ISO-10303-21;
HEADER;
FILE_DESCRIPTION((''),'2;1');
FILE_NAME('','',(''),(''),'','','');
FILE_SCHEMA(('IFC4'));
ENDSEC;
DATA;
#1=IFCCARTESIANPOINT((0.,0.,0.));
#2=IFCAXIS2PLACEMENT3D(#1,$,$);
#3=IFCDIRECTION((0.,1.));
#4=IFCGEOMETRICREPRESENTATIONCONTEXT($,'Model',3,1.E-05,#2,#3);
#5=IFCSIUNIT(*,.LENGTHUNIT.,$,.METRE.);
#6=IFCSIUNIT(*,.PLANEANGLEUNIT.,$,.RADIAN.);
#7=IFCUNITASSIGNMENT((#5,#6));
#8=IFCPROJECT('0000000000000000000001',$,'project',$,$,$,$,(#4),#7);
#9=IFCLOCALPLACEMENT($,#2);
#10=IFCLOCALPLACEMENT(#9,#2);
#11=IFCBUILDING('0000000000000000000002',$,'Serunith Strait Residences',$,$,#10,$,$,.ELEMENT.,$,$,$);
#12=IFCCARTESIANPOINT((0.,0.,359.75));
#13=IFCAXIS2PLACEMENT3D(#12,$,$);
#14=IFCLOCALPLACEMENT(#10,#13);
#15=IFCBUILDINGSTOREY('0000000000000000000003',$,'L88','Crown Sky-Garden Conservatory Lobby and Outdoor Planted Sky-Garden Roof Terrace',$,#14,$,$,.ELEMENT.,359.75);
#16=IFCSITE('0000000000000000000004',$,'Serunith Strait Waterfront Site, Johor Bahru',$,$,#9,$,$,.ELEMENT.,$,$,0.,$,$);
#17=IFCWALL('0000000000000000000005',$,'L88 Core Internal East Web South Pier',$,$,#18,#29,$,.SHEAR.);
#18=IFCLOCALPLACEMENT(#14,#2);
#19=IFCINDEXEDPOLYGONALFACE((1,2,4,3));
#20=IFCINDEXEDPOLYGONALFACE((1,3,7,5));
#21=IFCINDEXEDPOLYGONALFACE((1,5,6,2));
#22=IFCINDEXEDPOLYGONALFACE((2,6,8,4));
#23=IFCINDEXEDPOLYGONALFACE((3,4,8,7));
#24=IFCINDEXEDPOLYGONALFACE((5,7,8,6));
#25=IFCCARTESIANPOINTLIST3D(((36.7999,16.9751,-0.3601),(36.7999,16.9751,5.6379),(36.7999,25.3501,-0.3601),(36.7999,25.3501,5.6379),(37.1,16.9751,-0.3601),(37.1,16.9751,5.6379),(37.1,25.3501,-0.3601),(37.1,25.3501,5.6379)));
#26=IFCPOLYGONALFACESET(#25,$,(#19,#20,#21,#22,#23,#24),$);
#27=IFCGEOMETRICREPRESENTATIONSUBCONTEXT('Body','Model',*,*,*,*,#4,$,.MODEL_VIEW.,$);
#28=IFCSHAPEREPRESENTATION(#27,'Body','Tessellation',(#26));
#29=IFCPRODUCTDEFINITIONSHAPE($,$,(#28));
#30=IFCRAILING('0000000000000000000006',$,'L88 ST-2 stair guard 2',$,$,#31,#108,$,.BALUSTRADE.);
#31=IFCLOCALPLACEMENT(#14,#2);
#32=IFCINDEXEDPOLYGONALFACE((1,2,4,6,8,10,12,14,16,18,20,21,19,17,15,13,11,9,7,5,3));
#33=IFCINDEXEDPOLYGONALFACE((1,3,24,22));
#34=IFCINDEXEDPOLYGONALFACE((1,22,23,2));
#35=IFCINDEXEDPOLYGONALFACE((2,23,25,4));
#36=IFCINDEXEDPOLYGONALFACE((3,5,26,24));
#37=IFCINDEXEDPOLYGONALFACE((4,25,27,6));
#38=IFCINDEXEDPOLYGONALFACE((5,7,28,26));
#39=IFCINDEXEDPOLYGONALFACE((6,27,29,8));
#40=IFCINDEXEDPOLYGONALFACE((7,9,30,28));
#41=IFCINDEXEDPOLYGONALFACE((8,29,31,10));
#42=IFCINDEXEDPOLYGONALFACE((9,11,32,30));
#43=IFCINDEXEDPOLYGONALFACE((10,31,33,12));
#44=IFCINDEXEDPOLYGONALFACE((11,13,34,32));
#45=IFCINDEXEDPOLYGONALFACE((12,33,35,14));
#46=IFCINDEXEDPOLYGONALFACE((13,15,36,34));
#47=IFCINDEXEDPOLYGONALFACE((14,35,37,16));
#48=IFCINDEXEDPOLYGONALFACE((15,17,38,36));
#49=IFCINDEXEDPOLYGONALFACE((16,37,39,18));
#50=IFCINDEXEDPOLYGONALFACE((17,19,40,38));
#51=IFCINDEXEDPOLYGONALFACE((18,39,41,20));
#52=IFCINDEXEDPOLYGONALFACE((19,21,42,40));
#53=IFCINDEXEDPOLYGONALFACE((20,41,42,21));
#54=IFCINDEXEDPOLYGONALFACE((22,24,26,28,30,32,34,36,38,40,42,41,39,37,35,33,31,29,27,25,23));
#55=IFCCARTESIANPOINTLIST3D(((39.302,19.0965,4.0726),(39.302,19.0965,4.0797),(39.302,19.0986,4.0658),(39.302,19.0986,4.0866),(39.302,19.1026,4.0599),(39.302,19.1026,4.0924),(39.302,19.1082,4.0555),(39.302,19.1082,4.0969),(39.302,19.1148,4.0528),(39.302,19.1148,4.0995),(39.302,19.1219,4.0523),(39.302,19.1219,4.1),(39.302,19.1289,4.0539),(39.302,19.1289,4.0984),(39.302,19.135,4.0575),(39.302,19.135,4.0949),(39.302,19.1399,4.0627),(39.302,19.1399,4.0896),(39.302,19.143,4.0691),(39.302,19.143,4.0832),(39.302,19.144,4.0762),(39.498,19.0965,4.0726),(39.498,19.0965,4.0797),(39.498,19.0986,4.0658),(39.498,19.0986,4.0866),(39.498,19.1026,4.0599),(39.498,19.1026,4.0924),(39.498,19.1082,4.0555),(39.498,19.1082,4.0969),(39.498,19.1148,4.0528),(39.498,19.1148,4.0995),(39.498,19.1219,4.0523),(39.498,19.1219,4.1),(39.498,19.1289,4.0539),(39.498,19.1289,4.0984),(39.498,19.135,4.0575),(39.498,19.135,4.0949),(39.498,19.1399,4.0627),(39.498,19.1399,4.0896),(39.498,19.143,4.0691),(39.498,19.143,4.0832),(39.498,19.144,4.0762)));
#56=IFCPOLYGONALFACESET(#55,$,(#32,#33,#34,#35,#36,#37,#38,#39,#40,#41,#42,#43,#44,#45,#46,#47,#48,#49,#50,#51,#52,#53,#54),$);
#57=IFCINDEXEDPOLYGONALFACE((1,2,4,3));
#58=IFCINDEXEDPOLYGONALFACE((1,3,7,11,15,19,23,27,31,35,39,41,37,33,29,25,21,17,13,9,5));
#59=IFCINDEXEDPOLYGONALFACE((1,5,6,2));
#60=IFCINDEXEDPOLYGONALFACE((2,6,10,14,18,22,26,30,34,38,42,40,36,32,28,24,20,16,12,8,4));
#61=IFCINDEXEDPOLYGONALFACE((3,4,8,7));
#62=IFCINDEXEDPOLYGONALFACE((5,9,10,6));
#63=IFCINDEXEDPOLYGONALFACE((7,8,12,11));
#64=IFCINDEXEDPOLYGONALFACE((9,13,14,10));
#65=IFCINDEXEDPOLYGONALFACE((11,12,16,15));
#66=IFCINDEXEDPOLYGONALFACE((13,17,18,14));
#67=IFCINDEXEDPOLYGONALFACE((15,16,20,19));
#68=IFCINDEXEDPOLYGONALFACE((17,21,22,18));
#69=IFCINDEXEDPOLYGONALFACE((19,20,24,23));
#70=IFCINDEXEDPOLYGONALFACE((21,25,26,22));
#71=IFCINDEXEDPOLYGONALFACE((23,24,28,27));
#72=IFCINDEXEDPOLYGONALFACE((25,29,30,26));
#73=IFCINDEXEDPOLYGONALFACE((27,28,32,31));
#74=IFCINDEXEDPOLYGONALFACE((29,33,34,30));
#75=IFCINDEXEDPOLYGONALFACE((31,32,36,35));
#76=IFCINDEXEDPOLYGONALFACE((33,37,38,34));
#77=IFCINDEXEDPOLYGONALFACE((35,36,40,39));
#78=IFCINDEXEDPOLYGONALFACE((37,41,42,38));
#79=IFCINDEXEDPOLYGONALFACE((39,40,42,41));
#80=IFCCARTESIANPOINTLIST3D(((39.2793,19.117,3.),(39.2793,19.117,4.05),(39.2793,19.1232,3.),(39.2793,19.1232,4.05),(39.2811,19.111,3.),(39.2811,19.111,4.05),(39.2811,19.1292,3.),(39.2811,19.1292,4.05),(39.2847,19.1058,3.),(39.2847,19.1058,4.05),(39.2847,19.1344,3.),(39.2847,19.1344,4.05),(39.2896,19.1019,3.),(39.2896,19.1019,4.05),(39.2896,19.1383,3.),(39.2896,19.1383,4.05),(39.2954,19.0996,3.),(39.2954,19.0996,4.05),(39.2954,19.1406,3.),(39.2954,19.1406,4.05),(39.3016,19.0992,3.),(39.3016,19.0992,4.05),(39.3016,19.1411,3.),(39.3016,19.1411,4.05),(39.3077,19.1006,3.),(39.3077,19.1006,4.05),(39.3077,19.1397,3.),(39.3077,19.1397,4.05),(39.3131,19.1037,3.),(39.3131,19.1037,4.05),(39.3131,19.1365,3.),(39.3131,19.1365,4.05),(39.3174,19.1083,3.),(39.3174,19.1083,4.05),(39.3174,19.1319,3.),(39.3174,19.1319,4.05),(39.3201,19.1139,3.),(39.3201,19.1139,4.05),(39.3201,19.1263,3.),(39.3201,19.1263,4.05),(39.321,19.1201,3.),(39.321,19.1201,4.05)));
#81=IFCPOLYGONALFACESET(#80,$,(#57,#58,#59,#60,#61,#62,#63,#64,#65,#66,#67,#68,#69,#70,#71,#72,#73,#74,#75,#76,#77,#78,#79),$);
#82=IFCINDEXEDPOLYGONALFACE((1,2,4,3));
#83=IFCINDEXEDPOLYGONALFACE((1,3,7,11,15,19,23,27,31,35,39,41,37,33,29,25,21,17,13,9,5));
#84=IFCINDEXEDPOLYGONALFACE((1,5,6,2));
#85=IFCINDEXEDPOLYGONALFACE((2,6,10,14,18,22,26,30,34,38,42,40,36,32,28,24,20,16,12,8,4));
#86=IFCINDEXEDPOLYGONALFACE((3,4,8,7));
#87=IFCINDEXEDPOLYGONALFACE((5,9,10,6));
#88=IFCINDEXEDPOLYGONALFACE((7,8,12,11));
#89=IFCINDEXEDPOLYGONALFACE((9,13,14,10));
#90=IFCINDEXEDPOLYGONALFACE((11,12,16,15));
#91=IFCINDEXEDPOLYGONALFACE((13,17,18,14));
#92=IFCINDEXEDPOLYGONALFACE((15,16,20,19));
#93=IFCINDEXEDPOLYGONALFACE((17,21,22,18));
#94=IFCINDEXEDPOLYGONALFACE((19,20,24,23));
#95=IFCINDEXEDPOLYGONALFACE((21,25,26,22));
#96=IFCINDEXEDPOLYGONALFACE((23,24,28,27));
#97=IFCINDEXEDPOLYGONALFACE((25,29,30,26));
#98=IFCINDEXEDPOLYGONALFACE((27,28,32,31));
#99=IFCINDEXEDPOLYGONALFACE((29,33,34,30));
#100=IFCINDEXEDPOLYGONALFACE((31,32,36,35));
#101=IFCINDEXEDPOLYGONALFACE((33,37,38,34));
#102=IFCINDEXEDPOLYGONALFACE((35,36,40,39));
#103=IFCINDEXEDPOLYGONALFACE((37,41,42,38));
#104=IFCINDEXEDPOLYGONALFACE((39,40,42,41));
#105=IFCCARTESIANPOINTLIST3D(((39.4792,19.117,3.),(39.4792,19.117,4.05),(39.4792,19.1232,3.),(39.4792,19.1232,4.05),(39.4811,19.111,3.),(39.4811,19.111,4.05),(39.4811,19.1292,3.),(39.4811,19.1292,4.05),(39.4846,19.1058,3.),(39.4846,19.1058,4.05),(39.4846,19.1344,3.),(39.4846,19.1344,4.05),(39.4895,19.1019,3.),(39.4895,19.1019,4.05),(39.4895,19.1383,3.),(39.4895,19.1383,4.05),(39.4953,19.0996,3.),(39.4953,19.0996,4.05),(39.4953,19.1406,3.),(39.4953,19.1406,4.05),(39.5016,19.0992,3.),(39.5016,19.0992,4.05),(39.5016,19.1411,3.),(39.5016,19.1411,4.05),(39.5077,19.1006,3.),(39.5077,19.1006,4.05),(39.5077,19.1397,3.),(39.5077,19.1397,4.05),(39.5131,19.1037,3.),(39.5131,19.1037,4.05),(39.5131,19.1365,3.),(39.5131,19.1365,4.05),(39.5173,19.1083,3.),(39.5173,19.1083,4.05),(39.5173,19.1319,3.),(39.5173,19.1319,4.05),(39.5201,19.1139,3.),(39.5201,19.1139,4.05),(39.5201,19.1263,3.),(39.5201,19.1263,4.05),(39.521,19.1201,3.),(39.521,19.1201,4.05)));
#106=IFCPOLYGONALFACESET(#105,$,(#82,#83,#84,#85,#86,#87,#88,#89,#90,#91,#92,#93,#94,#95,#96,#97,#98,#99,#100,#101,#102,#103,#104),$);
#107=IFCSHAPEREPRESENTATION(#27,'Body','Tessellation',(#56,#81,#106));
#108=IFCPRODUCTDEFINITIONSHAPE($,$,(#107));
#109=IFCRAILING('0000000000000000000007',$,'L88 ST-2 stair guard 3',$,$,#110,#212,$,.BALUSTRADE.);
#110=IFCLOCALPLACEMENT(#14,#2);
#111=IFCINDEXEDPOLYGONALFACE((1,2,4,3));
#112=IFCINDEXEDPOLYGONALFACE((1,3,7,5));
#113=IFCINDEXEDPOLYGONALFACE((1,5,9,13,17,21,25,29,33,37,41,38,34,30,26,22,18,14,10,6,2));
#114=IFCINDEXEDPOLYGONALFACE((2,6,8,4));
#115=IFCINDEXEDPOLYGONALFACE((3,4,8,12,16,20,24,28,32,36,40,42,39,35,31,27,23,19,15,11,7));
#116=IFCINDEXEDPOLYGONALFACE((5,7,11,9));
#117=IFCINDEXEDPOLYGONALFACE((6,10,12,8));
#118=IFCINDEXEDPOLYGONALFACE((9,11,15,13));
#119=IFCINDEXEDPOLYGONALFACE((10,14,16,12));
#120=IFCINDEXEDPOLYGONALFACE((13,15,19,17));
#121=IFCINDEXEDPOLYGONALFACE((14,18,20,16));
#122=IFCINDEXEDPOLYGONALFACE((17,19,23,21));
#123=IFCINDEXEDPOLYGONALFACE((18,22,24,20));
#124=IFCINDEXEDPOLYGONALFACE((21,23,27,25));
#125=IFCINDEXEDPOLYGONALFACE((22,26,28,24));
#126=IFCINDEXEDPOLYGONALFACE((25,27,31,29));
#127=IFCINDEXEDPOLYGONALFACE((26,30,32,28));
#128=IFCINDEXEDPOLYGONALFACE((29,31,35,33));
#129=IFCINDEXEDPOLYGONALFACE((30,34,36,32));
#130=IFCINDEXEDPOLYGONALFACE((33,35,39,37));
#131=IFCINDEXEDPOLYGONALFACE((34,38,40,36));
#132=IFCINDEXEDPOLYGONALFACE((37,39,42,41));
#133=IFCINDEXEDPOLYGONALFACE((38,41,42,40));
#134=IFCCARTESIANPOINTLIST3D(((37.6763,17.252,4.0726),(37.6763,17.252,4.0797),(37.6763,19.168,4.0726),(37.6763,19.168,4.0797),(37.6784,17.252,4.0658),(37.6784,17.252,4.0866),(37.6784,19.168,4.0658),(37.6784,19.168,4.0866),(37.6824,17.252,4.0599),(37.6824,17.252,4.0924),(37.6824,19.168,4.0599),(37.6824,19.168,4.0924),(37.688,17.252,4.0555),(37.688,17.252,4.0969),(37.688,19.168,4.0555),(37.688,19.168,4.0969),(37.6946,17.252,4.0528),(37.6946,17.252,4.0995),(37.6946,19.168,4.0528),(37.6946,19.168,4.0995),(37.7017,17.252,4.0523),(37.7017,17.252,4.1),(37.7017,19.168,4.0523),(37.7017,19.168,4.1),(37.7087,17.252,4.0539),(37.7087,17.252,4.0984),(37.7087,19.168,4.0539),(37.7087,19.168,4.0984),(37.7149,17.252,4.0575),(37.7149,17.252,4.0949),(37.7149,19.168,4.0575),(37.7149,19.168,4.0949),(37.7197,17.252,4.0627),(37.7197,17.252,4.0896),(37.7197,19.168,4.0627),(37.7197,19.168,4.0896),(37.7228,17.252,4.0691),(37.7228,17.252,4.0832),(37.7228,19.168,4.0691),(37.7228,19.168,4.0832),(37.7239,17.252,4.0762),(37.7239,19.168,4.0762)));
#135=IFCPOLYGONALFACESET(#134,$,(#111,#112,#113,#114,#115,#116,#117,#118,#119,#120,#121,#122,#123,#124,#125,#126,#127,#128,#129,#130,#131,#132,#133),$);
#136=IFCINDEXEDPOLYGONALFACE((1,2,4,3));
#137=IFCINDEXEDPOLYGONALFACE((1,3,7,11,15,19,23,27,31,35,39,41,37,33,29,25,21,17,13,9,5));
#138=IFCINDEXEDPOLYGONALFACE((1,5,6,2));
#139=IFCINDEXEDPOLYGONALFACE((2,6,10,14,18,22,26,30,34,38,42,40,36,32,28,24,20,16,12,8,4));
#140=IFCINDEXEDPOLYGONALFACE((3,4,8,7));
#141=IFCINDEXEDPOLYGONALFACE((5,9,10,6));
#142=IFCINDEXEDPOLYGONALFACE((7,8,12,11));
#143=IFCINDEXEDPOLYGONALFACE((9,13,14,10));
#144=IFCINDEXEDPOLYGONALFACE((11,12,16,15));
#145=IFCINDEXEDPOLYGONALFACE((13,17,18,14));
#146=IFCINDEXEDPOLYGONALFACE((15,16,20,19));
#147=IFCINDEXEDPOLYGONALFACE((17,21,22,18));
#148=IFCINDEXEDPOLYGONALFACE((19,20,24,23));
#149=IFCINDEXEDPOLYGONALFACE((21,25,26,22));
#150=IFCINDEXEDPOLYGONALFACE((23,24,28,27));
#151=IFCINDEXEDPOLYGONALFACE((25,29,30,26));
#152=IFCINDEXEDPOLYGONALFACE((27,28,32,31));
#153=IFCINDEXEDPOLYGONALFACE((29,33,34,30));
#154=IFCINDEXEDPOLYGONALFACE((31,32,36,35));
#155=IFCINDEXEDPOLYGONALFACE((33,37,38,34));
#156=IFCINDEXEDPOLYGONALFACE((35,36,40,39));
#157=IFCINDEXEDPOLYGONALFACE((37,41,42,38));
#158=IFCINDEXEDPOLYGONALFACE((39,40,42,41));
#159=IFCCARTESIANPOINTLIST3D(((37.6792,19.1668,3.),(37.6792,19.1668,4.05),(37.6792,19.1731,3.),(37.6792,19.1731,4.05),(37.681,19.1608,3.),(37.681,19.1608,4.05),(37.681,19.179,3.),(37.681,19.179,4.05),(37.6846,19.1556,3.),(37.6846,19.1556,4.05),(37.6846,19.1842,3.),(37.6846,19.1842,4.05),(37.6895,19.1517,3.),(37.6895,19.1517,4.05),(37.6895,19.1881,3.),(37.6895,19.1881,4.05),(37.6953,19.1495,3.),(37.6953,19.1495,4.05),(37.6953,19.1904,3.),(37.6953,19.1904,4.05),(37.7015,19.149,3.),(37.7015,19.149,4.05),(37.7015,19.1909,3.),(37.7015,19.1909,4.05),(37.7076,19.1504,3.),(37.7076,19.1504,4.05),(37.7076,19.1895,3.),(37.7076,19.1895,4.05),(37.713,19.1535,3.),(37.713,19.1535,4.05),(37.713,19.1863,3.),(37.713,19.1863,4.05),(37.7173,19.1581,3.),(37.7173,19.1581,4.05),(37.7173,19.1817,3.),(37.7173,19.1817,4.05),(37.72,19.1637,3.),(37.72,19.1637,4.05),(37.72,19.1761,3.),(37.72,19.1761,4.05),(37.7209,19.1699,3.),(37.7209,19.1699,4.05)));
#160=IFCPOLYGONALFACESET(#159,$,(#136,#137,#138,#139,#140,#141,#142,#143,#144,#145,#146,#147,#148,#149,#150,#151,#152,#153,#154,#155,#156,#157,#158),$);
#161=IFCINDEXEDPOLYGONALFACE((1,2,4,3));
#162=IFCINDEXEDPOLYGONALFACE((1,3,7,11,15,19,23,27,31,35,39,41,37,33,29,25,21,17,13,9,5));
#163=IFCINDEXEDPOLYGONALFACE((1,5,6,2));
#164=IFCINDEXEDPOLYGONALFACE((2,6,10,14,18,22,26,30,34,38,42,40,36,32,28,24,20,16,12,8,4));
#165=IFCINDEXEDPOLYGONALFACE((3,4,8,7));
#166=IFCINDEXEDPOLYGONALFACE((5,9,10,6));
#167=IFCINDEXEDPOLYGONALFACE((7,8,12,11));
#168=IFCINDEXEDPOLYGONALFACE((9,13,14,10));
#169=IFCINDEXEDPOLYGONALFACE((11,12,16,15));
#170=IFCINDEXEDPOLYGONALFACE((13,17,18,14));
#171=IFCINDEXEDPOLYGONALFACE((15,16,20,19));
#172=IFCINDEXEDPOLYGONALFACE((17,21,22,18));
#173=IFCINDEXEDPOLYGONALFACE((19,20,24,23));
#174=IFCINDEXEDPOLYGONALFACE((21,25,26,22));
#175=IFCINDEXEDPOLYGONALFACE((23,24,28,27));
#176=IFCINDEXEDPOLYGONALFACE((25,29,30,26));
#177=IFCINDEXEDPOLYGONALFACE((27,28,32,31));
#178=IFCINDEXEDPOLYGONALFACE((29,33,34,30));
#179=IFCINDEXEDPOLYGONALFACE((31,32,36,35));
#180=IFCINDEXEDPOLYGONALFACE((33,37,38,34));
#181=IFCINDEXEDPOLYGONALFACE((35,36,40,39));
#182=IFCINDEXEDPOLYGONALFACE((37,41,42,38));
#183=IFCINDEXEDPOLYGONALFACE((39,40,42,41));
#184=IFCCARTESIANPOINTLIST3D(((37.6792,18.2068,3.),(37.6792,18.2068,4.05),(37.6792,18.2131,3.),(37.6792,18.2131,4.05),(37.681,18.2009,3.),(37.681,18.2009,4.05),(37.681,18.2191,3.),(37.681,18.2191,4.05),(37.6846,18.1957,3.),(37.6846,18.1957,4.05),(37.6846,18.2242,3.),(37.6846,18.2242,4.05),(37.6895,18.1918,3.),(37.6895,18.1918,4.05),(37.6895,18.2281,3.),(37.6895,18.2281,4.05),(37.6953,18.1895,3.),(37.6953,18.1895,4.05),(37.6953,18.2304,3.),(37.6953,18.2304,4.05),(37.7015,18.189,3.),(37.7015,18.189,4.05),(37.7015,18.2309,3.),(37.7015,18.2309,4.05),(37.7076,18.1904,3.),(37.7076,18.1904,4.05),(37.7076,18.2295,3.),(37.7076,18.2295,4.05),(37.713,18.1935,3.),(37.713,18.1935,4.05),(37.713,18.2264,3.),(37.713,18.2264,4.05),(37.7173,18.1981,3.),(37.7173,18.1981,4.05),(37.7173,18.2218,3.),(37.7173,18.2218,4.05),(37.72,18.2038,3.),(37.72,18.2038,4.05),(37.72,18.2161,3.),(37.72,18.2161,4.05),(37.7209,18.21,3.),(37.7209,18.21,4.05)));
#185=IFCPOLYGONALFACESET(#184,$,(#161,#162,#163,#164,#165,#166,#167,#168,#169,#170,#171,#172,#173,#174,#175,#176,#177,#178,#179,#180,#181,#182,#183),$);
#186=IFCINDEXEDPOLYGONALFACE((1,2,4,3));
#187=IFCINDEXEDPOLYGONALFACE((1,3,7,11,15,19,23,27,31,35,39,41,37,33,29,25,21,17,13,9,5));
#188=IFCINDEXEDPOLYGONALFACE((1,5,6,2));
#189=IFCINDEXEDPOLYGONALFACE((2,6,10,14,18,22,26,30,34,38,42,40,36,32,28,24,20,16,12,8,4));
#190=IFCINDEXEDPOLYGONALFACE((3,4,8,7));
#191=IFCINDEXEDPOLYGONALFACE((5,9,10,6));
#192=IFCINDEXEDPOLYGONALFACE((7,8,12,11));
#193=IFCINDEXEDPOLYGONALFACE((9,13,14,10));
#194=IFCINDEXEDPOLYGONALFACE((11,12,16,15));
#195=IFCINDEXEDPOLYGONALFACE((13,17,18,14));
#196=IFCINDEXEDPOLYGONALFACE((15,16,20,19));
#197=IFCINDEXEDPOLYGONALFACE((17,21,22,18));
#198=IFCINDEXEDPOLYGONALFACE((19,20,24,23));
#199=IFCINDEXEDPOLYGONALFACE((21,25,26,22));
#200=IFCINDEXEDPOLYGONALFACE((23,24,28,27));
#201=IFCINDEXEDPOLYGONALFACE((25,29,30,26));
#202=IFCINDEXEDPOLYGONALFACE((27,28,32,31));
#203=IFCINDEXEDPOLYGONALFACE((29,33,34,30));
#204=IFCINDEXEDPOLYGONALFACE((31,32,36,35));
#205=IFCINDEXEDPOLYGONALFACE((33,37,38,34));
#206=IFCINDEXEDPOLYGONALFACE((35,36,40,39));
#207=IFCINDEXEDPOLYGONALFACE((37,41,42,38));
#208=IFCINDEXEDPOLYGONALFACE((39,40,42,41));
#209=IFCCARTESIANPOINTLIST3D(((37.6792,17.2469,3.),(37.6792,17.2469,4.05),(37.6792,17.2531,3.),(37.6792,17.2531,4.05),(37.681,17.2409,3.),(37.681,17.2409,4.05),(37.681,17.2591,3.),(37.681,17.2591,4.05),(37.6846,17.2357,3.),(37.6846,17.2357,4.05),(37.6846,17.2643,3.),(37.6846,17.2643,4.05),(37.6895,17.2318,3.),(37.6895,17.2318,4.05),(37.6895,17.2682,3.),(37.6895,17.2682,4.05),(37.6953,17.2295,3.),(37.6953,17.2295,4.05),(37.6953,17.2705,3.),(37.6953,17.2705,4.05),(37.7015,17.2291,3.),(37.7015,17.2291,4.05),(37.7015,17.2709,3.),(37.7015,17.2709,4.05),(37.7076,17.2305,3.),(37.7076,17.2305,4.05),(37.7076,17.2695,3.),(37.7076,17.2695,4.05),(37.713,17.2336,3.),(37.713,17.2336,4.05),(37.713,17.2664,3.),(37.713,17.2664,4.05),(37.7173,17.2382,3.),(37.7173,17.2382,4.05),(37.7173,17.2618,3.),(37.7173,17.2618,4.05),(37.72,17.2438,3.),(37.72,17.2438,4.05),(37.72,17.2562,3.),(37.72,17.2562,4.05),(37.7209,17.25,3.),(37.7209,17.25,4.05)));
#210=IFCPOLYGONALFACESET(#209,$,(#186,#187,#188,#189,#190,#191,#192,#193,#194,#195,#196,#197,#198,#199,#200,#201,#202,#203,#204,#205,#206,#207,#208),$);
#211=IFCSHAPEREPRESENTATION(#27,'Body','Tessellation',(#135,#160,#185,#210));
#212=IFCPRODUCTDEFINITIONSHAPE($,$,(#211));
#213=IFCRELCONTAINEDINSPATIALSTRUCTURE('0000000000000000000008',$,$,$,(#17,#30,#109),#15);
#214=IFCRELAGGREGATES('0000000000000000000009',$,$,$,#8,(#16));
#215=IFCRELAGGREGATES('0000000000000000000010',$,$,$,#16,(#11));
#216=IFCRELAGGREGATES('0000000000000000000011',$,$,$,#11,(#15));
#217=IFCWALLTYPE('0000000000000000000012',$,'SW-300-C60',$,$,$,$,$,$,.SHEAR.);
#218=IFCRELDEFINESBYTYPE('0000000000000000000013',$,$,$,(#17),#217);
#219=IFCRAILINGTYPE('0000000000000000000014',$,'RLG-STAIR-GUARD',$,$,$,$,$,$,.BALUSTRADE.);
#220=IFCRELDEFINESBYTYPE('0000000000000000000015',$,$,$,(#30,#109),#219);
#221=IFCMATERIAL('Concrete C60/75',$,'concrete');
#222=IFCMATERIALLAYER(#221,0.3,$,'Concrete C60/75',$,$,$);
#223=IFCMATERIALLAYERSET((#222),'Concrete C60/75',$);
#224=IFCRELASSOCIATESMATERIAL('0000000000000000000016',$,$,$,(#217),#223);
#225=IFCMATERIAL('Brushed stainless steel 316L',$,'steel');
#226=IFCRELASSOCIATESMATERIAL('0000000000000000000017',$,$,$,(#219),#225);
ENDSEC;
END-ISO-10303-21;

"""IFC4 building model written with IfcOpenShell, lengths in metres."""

from ifc_helpers import new_model, si_unit, direction, frame, frame_2d, origin, origin_2d, place, context, subcontext, project, spatial, rectangle, circle, extrude, material, layer, layer_set, type_object, element, save


model = new_model("IFC4")

# Units and contexts
model_context = context("Model", 3, precision=1e-05, world=origin(), true_north=direction((0.0, 1.0)))
body_context = subcontext(model_context, "Body", "Model", "MODEL_VIEW")
ifc_project = project(units=[si_unit("LENGTHUNIT", "METRE"), si_unit("PLANEANGLEUNIT", "RADIAN")], contexts=[model_context])

# Site, building, storey
site_placement = place(None, origin())
site = spatial("IfcSite", under=ifc_project, at=site_placement, Name="Serunith Strait Waterfront Site, Johor Bahru", CompositionType="ELEMENT", RefElevation=0.0)
building_placement = place(site_placement, origin())
building = spatial("IfcBuilding", under=site, at=building_placement, Name="Serunith Strait Residences", CompositionType="ELEMENT")
storey_placement = place(building_placement, frame((0.0, 0.0, 359.75)))
storey = spatial("IfcBuildingStorey", under=building, at=storey_placement, Name="L88", Description="Crown Sky-Garden Conservatory Lobby and Outdoor Planted Sky-Garden Roof Terrace", CompositionType="ELEMENT", Elevation=359.75)

# Shared definitions
ifc_material_1 = material(Name="Concrete C60/75", Category="concrete")

# Wall
ifc_layer_1 = layer(ifc_material_1, 0.3, Name="Concrete C60/75")
ifc_layer_set_1 = layer_set([ifc_layer_1], Name="Concrete C60/75")
wall_type_1 = type_object("IfcWallType", Name="SW-300-C60", PredefinedType="SHEAR", material=ifc_layer_set_1)
wall_1_placement = place(storey_placement, frame((36.95, 16.9751, -0.3601), z_axis=(0.0, 0.0, 1.0), x_axis=(0.0, 1.0, 0.0)))
element("IfcWall", 1, at=wall_1_placement, inside=storey, type_object=wall_type_1, Name="L88 Core Internal East Web South Pier", PredefinedType="SHEAR", context=body_context, shape_type="SweptSolid", body=[
    extrude(rectangle(XDim=8.375, YDim=0.3, at=frame_2d((4.1875, 0.0))), origin(), (0.0, 0.0, 1.0), 5.998),
])

# Railings
ifc_material_2 = material(Name="Brushed stainless steel 316L", Category="steel")
railing_type_1 = type_object("IfcRailingType", Name="RLG-STAIR-GUARD", PredefinedType="BALUSTRADE", material=ifc_material_2)
railing_1_placement = place(storey_placement, frame((39.3, 19.1201, 3.0)))
element("IfcRailing", 2, at=railing_1_placement, inside=storey, type_object=railing_type_1, Name="L88 ST-2 stair guard 2", PredefinedType="BALUSTRADE", context=body_context, shape_type="SweptSolid", body=[
    extrude(circle(Radius=0.0239, at=origin_2d()), frame((0.002, 0.0, 1.0762), z_axis=(1.0, 0.0, 0.0), x_axis=(0.0, 1.0, 0.0)), (0.0, 0.0, 1.0), 0.196),
    extrude(circle(Radius=0.021, at=origin_2d()), origin(), (0.0, 0.0, 1.0), 1.05),
    extrude(circle(Radius=0.021, at=origin_2d()), frame((0.2, 0.0, 0.0)), (0.0, 0.0, 1.0), 1.05),
])
railing_2_placement = place(storey_placement, frame((37.7, 19.1699, 3.0)))
element("IfcRailing", 3, at=railing_2_placement, inside=storey, type_object=railing_type_1, Name="L88 ST-2 stair guard 3", PredefinedType="BALUSTRADE", context=body_context, shape_type="SweptSolid", body=[
    extrude(circle(Radius=0.0239, at=origin_2d()), frame((0.0, -0.002, 1.0762), z_axis=(0.0, -1.0, 0.0), x_axis=(1.0, 0.0, 0.0)), (0.0, 0.0, 1.0), 1.916),
    extrude(circle(Radius=0.021, at=origin_2d()), origin(), (0.0, 0.0, 1.0), 1.05),
    extrude(circle(Radius=0.021, at=origin_2d()), frame((0.0, -0.96, 0.0)), (0.0, 0.0, 1.0), 1.05),
    extrude(circle(Radius=0.021, at=origin_2d()), frame((0.0, -1.9199, 0.0)), (0.0, 0.0, 1.0), 1.05),
])

save(model, "model.ifc")
